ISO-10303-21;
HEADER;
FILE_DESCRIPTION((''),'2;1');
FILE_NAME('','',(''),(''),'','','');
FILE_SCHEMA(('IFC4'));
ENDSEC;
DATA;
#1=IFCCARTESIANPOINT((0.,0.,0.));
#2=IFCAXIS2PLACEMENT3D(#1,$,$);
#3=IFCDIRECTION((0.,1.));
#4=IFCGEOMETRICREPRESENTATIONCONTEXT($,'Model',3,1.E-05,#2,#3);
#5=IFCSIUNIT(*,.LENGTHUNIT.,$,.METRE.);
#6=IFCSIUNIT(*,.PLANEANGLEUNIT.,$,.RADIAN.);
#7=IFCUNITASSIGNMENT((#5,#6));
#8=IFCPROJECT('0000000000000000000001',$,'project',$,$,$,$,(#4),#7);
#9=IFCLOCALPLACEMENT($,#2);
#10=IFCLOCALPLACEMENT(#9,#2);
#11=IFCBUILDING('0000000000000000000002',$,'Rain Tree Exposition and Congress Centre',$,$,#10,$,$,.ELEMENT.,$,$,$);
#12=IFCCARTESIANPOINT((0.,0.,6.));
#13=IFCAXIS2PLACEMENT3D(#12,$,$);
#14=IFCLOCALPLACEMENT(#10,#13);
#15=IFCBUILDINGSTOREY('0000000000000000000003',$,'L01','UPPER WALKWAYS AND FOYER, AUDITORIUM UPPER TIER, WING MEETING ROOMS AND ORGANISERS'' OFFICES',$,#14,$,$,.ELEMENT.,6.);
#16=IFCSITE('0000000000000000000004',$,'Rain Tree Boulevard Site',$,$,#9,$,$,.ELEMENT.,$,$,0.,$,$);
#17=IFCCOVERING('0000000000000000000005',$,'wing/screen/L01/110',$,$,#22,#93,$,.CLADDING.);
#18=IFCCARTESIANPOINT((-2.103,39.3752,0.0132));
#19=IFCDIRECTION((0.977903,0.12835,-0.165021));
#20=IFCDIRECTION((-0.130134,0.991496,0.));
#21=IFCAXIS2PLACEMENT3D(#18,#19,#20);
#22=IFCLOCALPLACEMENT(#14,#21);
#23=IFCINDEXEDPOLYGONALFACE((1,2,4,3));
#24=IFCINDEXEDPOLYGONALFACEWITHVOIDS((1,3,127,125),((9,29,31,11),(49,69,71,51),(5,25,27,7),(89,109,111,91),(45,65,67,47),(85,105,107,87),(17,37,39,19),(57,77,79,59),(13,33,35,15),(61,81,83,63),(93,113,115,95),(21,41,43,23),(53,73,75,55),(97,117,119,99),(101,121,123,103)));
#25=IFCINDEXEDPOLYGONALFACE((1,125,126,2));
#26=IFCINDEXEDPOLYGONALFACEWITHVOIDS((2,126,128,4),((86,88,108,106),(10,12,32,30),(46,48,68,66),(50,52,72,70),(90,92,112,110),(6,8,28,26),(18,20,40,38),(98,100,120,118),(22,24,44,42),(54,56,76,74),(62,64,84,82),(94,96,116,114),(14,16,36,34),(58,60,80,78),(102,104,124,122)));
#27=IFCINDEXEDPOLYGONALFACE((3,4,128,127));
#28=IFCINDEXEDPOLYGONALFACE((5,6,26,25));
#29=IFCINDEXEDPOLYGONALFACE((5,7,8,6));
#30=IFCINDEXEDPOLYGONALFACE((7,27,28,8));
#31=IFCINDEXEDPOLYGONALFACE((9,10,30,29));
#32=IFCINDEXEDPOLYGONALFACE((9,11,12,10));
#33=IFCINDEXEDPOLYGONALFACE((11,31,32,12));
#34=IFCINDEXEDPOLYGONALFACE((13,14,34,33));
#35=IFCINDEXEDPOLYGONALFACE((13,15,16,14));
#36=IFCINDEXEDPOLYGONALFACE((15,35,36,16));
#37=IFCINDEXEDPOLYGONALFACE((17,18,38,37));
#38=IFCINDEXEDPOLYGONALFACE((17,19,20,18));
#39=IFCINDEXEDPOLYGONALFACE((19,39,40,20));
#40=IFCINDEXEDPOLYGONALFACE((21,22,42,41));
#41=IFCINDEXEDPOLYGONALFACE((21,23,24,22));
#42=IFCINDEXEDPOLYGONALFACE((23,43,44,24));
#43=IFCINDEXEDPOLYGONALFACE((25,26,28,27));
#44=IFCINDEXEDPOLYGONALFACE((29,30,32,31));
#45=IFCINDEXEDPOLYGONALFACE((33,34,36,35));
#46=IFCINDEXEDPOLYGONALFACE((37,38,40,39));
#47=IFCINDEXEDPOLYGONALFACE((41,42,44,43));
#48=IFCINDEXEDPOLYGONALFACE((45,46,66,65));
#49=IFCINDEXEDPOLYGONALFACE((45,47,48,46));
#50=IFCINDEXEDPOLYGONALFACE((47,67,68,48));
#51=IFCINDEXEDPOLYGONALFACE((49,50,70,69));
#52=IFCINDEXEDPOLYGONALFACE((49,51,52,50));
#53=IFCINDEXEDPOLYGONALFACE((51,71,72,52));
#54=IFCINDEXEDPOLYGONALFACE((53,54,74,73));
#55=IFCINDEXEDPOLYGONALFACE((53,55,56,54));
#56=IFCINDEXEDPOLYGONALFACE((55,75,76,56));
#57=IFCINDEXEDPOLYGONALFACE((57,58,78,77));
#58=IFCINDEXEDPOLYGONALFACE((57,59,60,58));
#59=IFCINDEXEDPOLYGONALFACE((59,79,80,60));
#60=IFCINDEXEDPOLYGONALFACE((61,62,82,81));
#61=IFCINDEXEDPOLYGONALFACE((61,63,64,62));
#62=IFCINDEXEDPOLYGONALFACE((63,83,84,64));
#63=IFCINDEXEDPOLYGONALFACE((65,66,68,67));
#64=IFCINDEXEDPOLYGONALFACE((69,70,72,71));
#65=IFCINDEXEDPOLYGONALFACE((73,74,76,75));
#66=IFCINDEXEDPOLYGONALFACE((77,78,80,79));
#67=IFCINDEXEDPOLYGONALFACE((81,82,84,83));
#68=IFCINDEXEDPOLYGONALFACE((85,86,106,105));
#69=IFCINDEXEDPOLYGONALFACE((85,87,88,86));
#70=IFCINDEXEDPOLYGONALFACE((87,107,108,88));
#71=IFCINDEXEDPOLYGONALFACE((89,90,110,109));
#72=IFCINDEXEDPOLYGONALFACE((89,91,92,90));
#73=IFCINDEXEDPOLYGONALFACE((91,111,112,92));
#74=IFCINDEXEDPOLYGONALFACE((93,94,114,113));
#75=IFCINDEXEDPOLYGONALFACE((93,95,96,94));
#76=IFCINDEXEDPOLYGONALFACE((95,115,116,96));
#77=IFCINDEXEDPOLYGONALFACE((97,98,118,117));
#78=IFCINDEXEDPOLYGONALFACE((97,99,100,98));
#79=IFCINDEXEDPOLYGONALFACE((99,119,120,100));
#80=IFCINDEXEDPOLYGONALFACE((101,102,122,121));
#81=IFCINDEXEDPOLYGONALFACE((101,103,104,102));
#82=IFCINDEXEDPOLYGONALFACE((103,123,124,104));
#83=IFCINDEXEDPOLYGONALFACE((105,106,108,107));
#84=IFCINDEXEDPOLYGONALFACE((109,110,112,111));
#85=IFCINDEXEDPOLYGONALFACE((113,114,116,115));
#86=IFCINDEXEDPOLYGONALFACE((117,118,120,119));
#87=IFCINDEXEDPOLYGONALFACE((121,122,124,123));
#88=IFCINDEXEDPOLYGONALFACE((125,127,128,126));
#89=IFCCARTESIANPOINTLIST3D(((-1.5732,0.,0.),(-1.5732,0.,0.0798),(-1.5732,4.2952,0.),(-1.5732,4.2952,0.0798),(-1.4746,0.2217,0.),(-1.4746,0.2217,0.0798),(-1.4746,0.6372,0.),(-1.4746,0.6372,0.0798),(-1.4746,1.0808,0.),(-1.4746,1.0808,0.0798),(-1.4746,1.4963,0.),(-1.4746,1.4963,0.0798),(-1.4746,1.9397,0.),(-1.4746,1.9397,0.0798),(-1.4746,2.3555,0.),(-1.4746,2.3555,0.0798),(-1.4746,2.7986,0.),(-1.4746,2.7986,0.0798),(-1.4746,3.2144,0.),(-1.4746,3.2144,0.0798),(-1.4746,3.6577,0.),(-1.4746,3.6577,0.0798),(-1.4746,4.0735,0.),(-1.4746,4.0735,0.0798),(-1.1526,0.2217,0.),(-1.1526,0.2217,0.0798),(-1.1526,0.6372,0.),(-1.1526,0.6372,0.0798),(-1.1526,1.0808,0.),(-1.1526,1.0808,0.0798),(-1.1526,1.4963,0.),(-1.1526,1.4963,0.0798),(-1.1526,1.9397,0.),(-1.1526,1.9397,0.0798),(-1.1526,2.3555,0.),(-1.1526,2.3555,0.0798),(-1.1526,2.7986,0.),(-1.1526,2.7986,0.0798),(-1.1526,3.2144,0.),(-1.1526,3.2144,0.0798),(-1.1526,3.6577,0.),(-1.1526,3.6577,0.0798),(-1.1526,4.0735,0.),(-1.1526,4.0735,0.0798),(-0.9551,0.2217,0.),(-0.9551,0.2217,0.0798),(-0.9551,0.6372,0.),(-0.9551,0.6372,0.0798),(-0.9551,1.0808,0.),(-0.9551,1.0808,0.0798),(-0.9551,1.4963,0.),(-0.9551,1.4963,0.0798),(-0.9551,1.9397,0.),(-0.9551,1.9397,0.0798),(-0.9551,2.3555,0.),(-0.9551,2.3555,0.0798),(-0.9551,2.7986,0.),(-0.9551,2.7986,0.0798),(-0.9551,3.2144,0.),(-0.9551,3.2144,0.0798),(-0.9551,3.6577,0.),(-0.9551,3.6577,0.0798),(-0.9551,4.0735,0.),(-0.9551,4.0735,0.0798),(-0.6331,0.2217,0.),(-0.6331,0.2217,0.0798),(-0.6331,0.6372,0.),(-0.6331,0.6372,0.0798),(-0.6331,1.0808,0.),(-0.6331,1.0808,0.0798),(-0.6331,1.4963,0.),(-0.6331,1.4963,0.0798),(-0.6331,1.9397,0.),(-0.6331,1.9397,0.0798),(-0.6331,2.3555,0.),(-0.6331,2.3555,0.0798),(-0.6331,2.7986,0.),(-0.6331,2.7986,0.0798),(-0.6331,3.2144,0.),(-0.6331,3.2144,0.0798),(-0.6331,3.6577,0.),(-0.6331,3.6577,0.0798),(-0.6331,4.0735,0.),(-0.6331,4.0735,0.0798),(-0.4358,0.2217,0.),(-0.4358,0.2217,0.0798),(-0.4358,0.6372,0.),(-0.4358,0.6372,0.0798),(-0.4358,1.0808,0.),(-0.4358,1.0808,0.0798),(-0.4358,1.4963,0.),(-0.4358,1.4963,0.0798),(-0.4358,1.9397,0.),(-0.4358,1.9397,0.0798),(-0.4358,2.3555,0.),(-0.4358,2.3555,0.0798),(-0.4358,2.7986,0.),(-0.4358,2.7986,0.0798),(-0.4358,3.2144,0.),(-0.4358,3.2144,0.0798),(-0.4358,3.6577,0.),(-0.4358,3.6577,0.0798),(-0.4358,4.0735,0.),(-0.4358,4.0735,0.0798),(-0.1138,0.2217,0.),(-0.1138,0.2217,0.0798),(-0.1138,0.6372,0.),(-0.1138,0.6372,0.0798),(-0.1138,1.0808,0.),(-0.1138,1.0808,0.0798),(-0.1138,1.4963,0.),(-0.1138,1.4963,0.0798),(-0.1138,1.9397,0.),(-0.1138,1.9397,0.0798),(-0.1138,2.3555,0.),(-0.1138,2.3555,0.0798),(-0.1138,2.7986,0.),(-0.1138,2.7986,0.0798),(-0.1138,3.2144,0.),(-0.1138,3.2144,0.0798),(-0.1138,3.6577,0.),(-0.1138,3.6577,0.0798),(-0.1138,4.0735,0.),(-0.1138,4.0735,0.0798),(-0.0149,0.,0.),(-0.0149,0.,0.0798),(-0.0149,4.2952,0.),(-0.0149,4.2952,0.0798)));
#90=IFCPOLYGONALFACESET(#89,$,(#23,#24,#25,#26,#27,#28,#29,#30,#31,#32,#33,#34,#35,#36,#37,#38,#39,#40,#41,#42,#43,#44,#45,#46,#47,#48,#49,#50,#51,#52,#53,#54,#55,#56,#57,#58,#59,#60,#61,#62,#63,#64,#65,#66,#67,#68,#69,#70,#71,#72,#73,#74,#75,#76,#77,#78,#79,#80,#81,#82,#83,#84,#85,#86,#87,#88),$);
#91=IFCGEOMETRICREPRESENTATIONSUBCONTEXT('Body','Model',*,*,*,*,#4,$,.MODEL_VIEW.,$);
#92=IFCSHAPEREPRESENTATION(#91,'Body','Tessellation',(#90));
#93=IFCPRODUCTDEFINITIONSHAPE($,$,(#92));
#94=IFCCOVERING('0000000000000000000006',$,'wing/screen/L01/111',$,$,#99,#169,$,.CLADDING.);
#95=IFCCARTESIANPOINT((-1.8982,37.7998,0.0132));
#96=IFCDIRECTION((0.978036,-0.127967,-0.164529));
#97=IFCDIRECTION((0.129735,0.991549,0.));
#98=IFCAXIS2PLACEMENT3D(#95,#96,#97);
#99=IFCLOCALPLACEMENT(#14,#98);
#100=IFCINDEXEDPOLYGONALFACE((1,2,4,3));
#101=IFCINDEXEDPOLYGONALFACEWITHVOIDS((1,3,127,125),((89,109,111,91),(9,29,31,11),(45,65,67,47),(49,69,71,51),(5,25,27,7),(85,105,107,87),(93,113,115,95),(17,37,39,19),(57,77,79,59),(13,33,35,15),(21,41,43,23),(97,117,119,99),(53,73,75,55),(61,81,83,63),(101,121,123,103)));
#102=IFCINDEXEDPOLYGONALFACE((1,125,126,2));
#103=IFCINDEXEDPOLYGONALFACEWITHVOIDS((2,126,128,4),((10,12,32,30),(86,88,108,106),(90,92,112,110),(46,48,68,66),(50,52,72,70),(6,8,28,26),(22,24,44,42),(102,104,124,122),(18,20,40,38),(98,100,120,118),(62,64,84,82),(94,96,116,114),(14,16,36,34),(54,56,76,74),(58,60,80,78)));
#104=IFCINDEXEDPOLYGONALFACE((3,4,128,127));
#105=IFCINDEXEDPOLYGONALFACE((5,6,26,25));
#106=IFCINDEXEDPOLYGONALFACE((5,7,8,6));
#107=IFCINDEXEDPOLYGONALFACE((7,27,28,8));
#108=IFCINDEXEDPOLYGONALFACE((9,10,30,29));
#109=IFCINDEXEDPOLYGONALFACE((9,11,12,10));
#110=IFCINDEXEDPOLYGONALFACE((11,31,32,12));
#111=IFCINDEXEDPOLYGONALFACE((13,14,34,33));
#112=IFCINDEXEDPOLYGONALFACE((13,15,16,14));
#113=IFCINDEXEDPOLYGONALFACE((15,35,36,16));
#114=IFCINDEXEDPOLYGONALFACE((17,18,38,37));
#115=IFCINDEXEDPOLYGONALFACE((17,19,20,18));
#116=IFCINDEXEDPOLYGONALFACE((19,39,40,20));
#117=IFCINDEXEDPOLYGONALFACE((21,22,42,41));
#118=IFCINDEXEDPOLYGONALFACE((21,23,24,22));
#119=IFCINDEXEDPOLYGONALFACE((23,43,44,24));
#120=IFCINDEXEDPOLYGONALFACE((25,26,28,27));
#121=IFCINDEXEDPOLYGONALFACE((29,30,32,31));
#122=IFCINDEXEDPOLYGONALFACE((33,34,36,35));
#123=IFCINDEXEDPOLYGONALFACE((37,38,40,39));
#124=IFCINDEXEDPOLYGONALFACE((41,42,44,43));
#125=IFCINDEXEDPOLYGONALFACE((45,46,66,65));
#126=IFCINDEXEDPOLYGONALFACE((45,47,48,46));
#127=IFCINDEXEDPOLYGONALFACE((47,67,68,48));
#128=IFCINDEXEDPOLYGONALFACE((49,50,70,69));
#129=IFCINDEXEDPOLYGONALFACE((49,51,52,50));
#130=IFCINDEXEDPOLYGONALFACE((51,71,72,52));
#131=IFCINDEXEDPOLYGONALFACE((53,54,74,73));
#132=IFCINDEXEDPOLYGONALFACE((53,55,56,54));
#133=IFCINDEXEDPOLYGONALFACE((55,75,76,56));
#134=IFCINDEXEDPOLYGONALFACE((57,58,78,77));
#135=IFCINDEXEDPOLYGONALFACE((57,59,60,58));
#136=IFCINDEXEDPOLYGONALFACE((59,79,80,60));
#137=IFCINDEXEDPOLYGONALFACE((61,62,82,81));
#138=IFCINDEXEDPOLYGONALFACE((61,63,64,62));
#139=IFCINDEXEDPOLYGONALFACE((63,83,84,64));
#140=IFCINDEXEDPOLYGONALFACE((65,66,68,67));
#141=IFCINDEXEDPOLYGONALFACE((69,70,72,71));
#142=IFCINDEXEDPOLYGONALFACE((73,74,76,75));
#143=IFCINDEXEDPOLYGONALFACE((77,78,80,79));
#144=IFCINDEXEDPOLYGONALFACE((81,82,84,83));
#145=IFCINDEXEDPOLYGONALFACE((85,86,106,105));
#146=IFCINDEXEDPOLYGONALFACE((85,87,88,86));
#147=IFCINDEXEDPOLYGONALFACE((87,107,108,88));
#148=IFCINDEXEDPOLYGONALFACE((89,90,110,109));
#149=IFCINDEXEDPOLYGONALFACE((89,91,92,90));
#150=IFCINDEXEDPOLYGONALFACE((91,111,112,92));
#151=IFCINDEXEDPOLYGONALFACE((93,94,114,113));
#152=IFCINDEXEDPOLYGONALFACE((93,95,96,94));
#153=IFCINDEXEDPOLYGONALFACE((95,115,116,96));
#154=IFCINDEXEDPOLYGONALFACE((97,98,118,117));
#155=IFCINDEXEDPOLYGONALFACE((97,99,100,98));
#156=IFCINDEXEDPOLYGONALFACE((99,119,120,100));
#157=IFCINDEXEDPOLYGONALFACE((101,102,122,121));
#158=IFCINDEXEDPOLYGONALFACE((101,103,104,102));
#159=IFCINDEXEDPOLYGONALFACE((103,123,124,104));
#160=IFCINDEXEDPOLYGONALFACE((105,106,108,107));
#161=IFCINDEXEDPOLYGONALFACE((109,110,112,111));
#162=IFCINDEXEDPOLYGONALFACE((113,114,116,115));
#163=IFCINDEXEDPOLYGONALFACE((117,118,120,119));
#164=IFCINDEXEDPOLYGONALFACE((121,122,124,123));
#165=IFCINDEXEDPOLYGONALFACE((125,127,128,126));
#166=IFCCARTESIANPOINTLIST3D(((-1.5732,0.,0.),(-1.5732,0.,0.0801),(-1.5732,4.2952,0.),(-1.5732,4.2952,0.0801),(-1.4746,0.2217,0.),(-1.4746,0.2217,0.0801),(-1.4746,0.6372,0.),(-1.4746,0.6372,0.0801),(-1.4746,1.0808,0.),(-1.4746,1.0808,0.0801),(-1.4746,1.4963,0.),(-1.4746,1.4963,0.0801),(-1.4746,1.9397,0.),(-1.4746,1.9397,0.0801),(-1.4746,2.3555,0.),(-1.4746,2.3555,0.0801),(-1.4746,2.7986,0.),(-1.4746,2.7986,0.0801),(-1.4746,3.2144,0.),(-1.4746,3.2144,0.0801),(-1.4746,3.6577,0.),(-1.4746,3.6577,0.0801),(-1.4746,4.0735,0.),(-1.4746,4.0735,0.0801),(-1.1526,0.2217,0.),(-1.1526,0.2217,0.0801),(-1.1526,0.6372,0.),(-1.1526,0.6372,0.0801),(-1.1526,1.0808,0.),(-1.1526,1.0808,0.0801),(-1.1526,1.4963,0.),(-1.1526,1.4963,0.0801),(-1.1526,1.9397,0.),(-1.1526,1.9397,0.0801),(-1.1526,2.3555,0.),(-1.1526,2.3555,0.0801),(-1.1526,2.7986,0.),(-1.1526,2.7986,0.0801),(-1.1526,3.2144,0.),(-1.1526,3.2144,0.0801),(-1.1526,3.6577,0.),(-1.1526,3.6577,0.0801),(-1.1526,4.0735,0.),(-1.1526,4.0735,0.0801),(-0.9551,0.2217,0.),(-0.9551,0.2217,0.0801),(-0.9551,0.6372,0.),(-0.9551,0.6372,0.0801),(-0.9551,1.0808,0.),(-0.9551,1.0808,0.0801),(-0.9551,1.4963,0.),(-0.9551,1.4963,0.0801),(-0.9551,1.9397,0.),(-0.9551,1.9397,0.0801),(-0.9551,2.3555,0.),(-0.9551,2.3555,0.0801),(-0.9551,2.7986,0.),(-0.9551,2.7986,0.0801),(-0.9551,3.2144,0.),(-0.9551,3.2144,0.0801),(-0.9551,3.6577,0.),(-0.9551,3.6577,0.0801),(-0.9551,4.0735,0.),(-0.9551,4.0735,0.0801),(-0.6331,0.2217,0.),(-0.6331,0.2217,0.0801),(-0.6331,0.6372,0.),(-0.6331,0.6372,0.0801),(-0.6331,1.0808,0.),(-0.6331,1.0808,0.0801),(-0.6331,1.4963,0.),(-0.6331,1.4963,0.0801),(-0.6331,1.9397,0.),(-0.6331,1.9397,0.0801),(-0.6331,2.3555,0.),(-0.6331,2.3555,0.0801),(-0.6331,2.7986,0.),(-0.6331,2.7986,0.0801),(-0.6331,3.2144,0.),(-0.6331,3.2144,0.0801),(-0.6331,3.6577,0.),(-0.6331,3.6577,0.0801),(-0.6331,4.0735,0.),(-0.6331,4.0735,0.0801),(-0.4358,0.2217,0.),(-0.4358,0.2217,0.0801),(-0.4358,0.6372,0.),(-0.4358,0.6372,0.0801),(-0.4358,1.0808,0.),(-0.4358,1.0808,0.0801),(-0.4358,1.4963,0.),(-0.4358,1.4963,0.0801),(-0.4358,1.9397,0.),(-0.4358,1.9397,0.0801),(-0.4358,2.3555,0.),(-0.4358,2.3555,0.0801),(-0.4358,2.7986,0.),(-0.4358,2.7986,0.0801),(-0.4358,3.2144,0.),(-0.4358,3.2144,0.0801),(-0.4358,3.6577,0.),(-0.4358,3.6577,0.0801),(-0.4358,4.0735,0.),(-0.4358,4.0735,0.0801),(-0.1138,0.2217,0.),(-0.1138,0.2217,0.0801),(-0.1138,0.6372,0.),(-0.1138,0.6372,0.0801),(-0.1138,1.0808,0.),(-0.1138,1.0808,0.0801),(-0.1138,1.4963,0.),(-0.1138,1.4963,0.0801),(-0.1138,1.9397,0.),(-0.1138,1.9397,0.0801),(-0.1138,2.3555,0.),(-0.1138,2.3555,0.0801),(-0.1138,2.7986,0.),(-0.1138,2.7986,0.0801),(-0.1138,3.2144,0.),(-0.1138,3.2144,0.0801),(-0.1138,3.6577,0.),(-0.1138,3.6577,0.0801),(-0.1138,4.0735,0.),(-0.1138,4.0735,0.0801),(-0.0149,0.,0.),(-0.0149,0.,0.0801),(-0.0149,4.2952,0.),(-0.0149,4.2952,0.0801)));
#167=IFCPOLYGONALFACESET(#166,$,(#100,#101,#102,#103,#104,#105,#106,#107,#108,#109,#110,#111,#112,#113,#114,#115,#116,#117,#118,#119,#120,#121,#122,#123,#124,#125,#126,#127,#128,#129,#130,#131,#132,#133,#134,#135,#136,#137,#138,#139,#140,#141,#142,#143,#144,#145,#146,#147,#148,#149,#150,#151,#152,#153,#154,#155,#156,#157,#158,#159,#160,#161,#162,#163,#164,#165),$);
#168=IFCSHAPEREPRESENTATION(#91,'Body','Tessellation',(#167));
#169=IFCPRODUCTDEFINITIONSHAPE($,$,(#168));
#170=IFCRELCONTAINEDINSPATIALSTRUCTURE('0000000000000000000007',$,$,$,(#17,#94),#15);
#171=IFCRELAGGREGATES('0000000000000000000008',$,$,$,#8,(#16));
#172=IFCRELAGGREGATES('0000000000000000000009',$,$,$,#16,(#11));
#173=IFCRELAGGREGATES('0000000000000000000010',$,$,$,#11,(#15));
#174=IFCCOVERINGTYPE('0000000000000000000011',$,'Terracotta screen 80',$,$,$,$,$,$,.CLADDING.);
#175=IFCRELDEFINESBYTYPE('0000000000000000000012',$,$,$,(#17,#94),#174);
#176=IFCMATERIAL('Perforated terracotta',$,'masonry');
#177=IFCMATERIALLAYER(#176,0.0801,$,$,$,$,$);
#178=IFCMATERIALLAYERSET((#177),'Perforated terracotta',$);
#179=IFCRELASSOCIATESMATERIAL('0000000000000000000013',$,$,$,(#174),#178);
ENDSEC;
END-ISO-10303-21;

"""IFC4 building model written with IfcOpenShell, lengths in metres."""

from ifc_helpers import new_model, si_unit, direction, frame, origin, place, context, subcontext, project, spatial, polyline, outline, extrude, material, layer, layer_set, type_object, element, save


model = new_model("IFC4")

# Units and contexts
model_context = context("Model", 3, precision=1e-05, world=origin(), true_north=direction((0.0, 1.0)))
body_context = subcontext(model_context, "Body", "Model", "MODEL_VIEW")
ifc_project = project(units=[si_unit("LENGTHUNIT", "METRE"), si_unit("PLANEANGLEUNIT", "RADIAN")], contexts=[model_context])

# Site, building, storey
site_placement = place(None, origin())
site = spatial("IfcSite", under=ifc_project, at=site_placement, Name="Rain Tree Boulevard Site", CompositionType="ELEMENT", RefElevation=0.0)
building_placement = place(site_placement, origin())
building = spatial("IfcBuilding", under=site, at=building_placement, Name="Rain Tree Exposition and Congress Centre", CompositionType="ELEMENT")
storey_placement = place(building_placement, frame((0.0, 0.0, 6.0)))
storey = spatial("IfcBuildingStorey", under=building, at=storey_placement, Name="L01", Description="UPPER WALKWAYS AND FOYER, AUDITORIUM UPPER TIER, WING MEETING ROOMS AND ORGANISERS' OFFICES", CompositionType="ELEMENT", Elevation=6.0)

# Coverings
ifc_material_1 = material(Name="Perforated terracotta", Category="masonry")
ifc_layer_1 = layer(ifc_material_1, 0.0801)
ifc_layer_set_1 = layer_set([ifc_layer_1], Name="Perforated terracotta")
covering_type = type_object("IfcCoveringType", Name="Terracotta screen 80", PredefinedType="CLADDING", material=ifc_layer_set_1)
covering_1_placement = place(storey_placement, frame((-2.103, 39.3752, 0.0132), z_axis=(0.977903, 0.12835, -0.165021), x_axis=(-0.130134, 0.991496, 0.0)))
element("IfcCovering", 1, at=covering_1_placement, inside=storey, type_object=covering_type, Name="wing/screen/L01/110", PredefinedType="CLADDING", context=body_context, shape_type="SweptSolid", body=[
    extrude(outline(polyline([(-1.5732, 0.0), (-1.5732, 4.2952), (-0.0149, 4.2952), (-0.0149, 0.0), (-1.5732, 0.0)]), holes=[polyline([(-0.1138, 0.2217), (-0.1138, 0.6372), (-0.4358, 0.6372), (-0.4358, 0.2217), (-0.1138, 0.2217)]), polyline([(-0.1138, 1.0808), (-0.1138, 1.4963), (-0.4358, 1.4963), (-0.4358, 1.0808), (-0.1138, 1.0808)]), polyline([(-0.1138, 1.9397), (-0.1138, 2.3555), (-0.4358, 2.3555), (-0.4358, 1.9397), (-0.1138, 1.9397)]), polyline([(-0.1138, 2.7986), (-0.1138, 3.2144), (-0.4358, 3.2144), (-0.4358, 2.7986), (-0.1138, 2.7986)]), polyline([(-0.1138, 3.6577), (-0.1138, 4.0735), (-0.4358, 4.0735), (-0.4358, 3.6577), (-0.1138, 3.6577)]), polyline([(-0.6331, 0.2217), (-0.6331, 0.6372), (-0.9551, 0.6372), (-0.9551, 0.2217), (-0.6331, 0.2217)]), polyline([(-0.6331, 1.0808), (-0.6331, 1.4963), (-0.9551, 1.4963), (-0.9551, 1.0808), (-0.6331, 1.0808)]), polyline([(-0.6331, 1.9397), (-0.6331, 2.3555), (-0.9551, 2.3555), (-0.9551, 1.9397), (-0.6331, 1.9397)]), polyline([(-0.6331, 2.7986), (-0.6331, 3.2144), (-0.9551, 3.2144), (-0.9551, 2.7986), (-0.6331, 2.7986)]), polyline([(-0.6331, 3.6577), (-0.6331, 4.0735), (-0.9551, 4.0735), (-0.9551, 3.6577), (-0.6331, 3.6577)]), polyline([(-1.1526, 0.2217), (-1.1526, 0.6372), (-1.4746, 0.6372), (-1.4746, 0.2217), (-1.1526, 0.2217)]), polyline([(-1.1526, 1.0808), (-1.1526, 1.4963), (-1.4746, 1.4963), (-1.4746, 1.0808), (-1.1526, 1.0808)]), polyline([(-1.1526, 1.9397), (-1.1526, 2.3555), (-1.4746, 2.3555), (-1.4746, 1.9397), (-1.1526, 1.9397)]), polyline([(-1.1526, 2.7986), (-1.1526, 3.2144), (-1.4746, 3.2144), (-1.4746, 2.7986), (-1.1526, 2.7986)]), polyline([(-1.1526, 3.6577), (-1.1526, 4.0735), (-1.4746, 4.0735), (-1.4746, 3.6577), (-1.1526, 3.6577)])]), origin(), (0.0, 0.0, 1.0), 0.0798),
])
covering_2_placement = place(storey_placement, frame((-1.8982, 37.7998, 0.0132), z_axis=(0.978036, -0.127967, -0.164529), x_axis=(0.129735, 0.991549, 0.0)))
element("IfcCovering", 2, at=covering_2_placement, inside=storey, type_object=covering_type, Name="wing/screen/L01/111", PredefinedType="CLADDING", context=body_context, shape_type="SweptSolid", body=[
    extrude(outline(polyline([(-1.5732, 0.0), (-1.5732, 4.2952), (-0.0149, 4.2952), (-0.0149, 0.0), (-1.5732, 0.0)]), holes=[polyline([(-0.1138, 0.2217), (-0.1138, 0.6372), (-0.4358, 0.6372), (-0.4358, 0.2217), (-0.1138, 0.2217)]), polyline([(-0.1138, 1.0808), (-0.1138, 1.4963), (-0.4358, 1.4963), (-0.4358, 1.0808), (-0.1138, 1.0808)]), polyline([(-0.1138, 1.9397), (-0.1138, 2.3555), (-0.4358, 2.3555), (-0.4358, 1.9397), (-0.1138, 1.9397)]), polyline([(-0.1138, 2.7986), (-0.1138, 3.2144), (-0.4358, 3.2144), (-0.4358, 2.7986), (-0.1138, 2.7986)]), polyline([(-0.1138, 3.6577), (-0.1138, 4.0735), (-0.4358, 4.0735), (-0.4358, 3.6577), (-0.1138, 3.6577)]), polyline([(-0.6331, 0.2217), (-0.6331, 0.6372), (-0.9551, 0.6372), (-0.9551, 0.2217), (-0.6331, 0.2217)]), polyline([(-0.6331, 1.0808), (-0.6331, 1.4963), (-0.9551, 1.4963), (-0.9551, 1.0808), (-0.6331, 1.0808)]), polyline([(-0.6331, 1.9397), (-0.6331, 2.3555), (-0.9551, 2.3555), (-0.9551, 1.9397), (-0.6331, 1.9397)]), polyline([(-0.6331, 2.7986), (-0.6331, 3.2144), (-0.9551, 3.2144), (-0.9551, 2.7986), (-0.6331, 2.7986)]), polyline([(-0.6331, 3.6577), (-0.6331, 4.0735), (-0.9551, 4.0735), (-0.9551, 3.6577), (-0.6331, 3.6577)]), polyline([(-1.1526, 0.2217), (-1.1526, 0.6372), (-1.4746, 0.6372), (-1.4746, 0.2217), (-1.1526, 0.2217)]), polyline([(-1.1526, 1.0808), (-1.1526, 1.4963), (-1.4746, 1.4963), (-1.4746, 1.0808), (-1.1526, 1.0808)]), polyline([(-1.1526, 1.9397), (-1.1526, 2.3555), (-1.4746, 2.3555), (-1.4746, 1.9397), (-1.1526, 1.9397)]), polyline([(-1.1526, 2.7986), (-1.1526, 3.2144), (-1.4746, 3.2144), (-1.4746, 2.7986), (-1.1526, 2.7986)]), polyline([(-1.1526, 3.6577), (-1.1526, 4.0735), (-1.4746, 4.0735), (-1.4746, 3.6577), (-1.1526, 3.6577)])]), origin(), (0.0, 0.0, 1.0), 0.0801),
])

save(model, "model.ifc")
